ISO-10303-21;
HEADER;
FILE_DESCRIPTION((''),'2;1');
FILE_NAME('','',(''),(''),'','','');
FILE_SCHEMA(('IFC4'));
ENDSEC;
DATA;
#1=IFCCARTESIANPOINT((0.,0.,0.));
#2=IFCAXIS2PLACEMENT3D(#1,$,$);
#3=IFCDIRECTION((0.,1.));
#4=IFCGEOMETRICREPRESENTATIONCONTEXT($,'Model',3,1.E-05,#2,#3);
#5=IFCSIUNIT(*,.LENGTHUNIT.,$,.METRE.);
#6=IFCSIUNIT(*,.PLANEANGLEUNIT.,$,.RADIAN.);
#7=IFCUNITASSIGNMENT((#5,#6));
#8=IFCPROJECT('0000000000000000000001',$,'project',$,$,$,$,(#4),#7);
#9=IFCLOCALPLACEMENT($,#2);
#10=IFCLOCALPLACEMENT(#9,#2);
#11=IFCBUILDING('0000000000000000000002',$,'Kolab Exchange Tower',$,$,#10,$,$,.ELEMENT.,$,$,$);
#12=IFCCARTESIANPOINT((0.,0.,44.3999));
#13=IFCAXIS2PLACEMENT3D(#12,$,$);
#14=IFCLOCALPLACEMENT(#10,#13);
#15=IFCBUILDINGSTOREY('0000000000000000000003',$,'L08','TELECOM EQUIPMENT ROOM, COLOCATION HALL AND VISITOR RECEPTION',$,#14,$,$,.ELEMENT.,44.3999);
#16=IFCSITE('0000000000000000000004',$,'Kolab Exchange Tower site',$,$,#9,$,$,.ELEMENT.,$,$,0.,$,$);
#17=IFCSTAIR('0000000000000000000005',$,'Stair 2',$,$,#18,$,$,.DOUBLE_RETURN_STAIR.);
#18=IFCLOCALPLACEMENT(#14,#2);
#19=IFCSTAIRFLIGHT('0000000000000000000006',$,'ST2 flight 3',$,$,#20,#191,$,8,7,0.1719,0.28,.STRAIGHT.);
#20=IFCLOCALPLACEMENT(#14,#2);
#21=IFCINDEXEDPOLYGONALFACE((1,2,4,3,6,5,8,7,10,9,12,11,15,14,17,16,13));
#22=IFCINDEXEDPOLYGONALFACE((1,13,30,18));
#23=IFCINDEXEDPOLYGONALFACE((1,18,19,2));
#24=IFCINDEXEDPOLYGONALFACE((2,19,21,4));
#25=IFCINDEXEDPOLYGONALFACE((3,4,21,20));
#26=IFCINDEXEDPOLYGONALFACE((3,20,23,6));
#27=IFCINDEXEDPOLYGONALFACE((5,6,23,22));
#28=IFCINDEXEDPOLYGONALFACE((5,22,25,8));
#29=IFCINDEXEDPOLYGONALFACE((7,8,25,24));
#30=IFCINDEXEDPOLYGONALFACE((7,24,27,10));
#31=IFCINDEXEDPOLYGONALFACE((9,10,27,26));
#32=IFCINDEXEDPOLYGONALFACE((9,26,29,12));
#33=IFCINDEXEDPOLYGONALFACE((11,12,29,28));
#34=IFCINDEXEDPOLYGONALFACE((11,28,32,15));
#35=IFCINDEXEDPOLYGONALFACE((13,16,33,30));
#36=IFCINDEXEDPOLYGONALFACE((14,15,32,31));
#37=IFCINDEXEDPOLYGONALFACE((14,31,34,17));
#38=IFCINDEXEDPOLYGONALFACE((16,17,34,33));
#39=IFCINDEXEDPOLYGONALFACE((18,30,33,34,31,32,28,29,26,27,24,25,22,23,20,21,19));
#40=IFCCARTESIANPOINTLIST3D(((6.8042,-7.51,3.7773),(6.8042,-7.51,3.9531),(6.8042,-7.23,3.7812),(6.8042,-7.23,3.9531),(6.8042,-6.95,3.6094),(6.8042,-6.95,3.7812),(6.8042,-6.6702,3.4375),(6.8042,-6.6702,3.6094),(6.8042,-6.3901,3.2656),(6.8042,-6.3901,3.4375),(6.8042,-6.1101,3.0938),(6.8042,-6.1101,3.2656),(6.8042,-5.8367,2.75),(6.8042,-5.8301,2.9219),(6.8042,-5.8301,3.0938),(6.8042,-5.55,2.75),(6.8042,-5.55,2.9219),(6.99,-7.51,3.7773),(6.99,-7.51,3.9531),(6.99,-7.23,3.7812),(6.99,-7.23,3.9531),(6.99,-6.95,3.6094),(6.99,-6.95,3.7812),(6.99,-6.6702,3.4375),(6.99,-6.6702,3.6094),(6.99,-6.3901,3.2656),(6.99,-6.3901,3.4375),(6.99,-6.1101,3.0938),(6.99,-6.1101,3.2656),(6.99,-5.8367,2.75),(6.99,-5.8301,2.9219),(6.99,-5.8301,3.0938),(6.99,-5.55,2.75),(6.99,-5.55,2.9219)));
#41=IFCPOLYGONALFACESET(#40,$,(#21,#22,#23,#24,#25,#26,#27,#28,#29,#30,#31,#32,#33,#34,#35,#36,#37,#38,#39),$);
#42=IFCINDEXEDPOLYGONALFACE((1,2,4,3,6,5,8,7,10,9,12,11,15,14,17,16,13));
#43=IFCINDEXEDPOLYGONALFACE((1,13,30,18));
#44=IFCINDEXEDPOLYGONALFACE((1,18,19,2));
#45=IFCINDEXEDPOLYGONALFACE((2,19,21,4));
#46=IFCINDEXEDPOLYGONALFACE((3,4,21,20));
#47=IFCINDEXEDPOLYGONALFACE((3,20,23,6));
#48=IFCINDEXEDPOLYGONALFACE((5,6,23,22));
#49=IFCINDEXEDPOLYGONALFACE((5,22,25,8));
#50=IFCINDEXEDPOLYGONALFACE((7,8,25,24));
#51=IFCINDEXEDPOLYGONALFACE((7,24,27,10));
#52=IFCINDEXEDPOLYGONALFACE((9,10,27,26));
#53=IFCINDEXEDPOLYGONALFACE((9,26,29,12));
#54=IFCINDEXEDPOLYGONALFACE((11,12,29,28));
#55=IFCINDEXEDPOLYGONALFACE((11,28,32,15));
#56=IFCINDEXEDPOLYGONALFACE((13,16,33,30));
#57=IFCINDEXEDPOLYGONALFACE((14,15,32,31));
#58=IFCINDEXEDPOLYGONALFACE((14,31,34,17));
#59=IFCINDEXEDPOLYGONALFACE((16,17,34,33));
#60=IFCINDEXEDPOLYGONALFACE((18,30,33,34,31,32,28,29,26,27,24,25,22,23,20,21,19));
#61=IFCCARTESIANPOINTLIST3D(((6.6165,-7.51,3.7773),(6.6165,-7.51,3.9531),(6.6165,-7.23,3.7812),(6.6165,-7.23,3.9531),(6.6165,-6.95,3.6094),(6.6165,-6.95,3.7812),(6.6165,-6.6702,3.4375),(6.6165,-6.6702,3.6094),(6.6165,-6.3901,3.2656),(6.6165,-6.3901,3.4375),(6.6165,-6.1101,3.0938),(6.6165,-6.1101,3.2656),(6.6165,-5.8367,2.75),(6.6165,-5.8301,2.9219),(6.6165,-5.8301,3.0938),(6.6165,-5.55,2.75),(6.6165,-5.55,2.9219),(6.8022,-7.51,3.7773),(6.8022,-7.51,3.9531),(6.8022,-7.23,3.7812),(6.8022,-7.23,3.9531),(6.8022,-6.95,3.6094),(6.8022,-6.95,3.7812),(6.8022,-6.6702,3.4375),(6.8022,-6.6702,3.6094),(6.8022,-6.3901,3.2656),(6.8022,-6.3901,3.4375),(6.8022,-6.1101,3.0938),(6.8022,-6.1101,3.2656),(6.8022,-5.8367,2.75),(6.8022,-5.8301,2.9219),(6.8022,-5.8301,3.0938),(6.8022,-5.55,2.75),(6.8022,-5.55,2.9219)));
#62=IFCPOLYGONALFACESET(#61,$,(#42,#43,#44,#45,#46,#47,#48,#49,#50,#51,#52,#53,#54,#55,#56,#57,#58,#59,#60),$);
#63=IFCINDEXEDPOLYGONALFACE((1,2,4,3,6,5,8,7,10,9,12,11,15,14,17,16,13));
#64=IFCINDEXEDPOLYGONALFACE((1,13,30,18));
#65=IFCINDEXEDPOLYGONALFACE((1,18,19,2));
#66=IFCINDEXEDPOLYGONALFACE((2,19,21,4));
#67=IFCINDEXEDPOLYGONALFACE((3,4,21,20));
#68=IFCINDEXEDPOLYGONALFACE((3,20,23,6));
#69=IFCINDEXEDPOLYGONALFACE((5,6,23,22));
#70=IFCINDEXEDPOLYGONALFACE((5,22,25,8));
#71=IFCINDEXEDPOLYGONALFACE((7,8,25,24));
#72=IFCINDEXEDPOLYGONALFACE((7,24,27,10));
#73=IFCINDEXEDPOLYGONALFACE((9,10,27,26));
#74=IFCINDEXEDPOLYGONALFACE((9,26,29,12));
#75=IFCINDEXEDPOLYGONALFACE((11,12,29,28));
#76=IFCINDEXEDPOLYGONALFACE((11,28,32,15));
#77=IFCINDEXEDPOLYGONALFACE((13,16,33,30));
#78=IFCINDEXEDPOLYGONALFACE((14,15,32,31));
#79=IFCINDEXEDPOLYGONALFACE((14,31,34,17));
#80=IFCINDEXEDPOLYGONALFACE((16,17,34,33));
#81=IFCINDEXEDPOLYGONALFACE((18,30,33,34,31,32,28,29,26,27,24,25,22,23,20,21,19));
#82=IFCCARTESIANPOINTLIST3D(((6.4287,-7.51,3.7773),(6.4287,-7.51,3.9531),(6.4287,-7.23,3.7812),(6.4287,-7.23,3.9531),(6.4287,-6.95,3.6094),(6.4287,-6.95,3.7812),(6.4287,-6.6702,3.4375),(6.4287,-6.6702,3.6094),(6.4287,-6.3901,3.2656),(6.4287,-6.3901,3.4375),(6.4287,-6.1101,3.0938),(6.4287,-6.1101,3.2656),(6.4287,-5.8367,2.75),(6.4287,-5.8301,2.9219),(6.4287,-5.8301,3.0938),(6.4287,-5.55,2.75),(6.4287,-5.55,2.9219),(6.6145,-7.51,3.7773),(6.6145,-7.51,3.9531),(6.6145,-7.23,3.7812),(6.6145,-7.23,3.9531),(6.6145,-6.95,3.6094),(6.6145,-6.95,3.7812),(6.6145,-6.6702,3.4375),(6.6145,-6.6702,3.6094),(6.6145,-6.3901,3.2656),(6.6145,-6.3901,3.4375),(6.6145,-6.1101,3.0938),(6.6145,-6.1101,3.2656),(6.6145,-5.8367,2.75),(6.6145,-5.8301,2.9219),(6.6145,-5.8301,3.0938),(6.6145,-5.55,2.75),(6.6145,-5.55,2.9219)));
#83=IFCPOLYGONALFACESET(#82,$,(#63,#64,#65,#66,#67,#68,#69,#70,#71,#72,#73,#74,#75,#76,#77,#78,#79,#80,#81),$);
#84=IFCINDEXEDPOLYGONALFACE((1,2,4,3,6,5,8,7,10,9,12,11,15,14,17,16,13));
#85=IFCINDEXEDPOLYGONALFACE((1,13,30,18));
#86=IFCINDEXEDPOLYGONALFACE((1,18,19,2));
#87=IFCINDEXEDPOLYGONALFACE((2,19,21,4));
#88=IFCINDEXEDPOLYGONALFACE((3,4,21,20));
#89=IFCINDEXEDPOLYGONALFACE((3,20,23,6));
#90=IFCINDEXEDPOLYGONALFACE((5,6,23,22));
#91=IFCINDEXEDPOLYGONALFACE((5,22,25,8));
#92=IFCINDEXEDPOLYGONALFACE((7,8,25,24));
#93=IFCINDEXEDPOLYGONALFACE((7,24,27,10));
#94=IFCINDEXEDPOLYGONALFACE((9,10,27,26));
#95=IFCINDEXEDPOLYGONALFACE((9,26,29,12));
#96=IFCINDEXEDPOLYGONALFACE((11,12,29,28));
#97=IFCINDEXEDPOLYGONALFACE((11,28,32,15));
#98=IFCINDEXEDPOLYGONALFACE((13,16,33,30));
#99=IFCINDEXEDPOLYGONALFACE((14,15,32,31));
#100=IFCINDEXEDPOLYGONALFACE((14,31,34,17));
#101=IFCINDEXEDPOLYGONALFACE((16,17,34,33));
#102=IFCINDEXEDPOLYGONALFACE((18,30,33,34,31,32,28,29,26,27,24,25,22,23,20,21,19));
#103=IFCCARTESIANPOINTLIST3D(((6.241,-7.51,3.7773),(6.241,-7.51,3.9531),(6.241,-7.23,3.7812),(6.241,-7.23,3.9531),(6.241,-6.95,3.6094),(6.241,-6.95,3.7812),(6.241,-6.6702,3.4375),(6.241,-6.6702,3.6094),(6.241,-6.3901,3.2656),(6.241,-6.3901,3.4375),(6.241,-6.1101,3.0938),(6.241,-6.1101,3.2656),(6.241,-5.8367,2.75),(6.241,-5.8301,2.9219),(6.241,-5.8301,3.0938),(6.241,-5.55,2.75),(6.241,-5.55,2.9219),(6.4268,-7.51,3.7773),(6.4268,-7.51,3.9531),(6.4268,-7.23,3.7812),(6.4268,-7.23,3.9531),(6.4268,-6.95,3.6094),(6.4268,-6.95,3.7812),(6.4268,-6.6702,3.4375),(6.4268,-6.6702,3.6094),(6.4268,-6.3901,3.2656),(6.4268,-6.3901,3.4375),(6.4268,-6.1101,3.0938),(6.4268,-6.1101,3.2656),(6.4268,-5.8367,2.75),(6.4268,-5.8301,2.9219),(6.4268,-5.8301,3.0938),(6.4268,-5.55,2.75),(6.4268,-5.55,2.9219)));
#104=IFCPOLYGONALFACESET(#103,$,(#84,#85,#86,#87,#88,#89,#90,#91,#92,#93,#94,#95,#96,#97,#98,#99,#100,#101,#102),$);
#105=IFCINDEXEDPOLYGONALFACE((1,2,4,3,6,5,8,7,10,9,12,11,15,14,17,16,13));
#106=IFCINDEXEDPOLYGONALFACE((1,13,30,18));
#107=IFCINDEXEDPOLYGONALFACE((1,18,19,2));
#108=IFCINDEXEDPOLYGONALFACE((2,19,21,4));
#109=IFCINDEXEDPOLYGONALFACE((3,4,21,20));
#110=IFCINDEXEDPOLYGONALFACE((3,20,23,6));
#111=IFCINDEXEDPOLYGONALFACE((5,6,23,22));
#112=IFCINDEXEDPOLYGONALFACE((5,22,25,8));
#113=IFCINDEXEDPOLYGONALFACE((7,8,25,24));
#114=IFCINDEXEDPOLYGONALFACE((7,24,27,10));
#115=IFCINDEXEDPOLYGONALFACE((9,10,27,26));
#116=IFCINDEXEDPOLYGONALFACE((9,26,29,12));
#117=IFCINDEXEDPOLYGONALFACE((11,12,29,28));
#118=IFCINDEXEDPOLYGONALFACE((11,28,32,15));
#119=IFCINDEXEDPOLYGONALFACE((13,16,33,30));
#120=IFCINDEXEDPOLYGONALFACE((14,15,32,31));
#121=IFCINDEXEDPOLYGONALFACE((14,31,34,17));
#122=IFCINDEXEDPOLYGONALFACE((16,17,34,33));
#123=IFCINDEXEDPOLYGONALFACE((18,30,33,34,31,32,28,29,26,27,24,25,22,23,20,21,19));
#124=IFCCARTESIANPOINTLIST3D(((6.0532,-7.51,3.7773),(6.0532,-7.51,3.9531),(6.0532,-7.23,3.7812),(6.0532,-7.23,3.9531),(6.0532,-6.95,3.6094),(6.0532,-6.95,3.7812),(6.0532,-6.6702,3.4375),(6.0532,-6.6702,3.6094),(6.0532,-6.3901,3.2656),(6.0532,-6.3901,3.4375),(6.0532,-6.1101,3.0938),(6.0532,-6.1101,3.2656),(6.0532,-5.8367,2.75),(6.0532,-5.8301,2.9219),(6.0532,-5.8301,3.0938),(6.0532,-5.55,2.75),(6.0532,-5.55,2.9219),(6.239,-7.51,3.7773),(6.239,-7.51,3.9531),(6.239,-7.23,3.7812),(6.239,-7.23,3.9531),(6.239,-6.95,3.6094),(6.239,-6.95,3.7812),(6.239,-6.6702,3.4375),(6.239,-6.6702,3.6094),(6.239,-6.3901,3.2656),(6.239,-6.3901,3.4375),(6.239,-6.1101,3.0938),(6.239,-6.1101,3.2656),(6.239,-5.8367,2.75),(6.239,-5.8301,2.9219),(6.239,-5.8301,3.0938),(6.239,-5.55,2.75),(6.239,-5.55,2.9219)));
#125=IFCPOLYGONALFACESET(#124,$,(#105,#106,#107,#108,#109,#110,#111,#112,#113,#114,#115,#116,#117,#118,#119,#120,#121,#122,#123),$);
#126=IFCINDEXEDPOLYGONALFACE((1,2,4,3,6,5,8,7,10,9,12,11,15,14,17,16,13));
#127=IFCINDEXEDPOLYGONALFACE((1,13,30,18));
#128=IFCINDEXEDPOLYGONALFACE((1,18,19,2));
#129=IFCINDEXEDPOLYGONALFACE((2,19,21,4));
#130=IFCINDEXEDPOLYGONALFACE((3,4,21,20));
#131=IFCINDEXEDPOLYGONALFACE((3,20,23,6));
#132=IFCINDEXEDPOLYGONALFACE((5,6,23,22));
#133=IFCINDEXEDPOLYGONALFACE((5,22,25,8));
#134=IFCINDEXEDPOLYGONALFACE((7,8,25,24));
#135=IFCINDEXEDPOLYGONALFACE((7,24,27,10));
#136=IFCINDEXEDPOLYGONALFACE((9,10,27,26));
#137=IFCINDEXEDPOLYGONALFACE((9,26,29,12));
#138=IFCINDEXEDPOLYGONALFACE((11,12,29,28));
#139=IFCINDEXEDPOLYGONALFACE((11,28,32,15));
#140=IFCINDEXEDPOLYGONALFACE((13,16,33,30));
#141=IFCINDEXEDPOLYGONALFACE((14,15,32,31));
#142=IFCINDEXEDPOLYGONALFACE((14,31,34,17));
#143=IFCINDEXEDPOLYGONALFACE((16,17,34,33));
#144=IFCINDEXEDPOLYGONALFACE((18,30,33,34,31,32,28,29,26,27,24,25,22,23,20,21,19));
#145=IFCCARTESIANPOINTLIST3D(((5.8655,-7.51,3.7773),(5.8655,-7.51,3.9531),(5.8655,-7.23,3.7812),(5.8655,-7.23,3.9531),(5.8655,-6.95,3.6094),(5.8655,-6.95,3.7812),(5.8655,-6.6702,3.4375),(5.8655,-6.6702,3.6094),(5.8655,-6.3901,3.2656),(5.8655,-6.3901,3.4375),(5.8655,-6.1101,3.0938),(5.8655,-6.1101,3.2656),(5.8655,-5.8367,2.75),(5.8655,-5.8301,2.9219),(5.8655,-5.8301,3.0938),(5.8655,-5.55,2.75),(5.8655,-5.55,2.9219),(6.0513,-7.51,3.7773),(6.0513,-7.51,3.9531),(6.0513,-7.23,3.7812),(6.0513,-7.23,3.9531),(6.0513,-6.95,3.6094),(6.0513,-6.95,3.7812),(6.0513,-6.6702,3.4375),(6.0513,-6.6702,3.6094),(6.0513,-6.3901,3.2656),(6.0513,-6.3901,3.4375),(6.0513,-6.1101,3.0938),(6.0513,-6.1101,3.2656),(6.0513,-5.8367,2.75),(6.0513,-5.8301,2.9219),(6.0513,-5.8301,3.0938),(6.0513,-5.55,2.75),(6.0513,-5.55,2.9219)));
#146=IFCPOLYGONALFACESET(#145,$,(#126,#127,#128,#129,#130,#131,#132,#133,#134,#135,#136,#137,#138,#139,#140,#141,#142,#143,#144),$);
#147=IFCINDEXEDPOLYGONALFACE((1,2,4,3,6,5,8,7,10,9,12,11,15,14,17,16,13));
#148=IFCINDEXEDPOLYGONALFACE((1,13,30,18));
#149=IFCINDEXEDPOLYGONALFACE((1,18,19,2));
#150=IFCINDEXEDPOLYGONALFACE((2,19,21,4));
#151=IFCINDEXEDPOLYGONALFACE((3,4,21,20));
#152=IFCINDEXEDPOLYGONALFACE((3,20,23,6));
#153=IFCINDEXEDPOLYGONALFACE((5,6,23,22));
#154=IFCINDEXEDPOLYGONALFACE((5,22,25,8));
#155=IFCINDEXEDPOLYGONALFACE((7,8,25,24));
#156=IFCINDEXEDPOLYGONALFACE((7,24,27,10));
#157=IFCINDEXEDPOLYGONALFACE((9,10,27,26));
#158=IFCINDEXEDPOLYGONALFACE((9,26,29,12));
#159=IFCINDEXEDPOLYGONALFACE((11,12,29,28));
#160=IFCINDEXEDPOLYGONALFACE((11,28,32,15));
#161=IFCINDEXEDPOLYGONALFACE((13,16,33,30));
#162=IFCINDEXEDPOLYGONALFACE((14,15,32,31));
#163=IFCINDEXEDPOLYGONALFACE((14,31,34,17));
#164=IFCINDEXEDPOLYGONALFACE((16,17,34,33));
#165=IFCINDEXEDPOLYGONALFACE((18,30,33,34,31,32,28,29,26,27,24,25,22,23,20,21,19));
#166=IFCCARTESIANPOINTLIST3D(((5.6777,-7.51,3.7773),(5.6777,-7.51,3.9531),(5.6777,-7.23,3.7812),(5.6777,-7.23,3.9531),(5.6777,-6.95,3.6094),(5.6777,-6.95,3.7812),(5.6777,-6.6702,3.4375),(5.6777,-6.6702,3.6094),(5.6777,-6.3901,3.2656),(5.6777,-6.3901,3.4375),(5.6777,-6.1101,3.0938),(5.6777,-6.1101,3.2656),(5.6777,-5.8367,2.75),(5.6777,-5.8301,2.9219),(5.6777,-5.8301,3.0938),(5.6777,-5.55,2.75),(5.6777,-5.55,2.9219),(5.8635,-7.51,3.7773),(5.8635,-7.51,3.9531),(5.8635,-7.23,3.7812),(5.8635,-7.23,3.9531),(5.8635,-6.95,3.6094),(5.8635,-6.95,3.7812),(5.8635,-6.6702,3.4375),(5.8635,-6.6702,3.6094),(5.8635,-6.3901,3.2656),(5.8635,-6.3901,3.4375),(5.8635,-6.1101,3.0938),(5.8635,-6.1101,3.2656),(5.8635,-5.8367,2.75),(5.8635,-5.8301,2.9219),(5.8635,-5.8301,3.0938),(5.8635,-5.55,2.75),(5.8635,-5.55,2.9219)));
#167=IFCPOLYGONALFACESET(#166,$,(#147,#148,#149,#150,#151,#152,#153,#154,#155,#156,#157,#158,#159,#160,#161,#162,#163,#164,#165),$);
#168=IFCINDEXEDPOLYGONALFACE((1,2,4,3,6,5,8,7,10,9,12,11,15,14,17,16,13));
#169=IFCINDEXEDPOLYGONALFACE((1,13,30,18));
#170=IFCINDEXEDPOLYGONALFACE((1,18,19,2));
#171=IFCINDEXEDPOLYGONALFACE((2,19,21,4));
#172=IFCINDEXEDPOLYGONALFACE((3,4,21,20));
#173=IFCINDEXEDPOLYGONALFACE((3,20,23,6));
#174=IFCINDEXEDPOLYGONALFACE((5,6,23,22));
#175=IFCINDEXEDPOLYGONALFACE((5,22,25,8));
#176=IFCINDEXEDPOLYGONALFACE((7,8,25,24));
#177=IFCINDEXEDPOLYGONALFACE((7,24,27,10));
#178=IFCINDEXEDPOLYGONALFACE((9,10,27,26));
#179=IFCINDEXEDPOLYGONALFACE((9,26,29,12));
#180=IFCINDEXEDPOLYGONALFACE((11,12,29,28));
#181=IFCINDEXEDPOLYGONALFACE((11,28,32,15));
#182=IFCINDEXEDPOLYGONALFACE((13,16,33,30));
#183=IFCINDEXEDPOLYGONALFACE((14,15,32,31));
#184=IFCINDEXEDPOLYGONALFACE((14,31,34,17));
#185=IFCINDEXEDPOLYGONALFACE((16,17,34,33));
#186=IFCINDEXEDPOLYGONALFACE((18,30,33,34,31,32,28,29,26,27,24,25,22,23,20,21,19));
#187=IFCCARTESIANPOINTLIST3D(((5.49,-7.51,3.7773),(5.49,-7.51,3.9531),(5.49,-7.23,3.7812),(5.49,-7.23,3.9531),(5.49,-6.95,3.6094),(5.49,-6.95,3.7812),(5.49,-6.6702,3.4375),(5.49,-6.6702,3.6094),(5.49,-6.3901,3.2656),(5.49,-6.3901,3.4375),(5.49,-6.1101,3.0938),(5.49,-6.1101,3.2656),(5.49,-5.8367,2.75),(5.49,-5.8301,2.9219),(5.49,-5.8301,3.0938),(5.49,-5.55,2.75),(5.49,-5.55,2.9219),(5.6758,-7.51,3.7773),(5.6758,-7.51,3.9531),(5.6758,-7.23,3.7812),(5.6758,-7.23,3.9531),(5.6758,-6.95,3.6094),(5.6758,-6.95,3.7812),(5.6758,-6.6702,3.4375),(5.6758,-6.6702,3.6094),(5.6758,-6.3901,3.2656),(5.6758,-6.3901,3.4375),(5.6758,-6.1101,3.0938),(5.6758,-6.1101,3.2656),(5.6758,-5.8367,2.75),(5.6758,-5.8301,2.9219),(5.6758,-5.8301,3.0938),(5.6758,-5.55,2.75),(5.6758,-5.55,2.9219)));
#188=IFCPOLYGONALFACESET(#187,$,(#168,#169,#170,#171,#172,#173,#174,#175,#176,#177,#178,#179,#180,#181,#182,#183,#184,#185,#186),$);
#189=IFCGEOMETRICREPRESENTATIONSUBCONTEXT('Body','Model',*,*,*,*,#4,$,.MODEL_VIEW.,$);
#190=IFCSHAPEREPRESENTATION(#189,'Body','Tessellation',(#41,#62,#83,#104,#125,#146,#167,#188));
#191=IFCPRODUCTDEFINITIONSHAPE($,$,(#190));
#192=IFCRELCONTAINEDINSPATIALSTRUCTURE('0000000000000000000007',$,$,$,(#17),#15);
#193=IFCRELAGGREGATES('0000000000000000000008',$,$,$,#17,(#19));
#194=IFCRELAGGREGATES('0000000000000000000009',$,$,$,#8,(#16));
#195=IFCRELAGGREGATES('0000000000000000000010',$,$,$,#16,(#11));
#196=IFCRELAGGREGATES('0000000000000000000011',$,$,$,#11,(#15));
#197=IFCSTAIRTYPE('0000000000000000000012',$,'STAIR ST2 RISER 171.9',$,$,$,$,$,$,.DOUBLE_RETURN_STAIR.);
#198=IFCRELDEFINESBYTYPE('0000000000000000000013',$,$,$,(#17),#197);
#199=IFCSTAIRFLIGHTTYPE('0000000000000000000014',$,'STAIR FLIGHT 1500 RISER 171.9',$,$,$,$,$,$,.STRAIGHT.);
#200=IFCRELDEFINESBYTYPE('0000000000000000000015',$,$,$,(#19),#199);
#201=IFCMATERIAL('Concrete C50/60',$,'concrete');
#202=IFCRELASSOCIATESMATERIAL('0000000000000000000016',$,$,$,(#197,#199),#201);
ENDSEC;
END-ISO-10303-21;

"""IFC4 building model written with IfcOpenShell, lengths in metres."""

from ifc_helpers import new_model, si_unit, direction, frame, origin, place, context, subcontext, project, spatial, polyline, outline, extrude, material, type_object, element, aggregate, save


model = new_model("IFC4")

# Units and contexts
model_context = context("Model", 3, precision=1e-05, world=origin(), true_north=direction((0.0, 1.0)))
body_context = subcontext(model_context, "Body", "Model", "MODEL_VIEW")
ifc_project = project(units=[si_unit("LENGTHUNIT", "METRE"), si_unit("PLANEANGLEUNIT", "RADIAN")], contexts=[model_context])

# Site, building, storey
site_placement = place(None, origin())
site = spatial("IfcSite", under=ifc_project, at=site_placement, Name="Kolab Exchange Tower site", CompositionType="ELEMENT", RefElevation=0.0)
building_placement = place(site_placement, origin())
building = spatial("IfcBuilding", under=site, at=building_placement, Name="Kolab Exchange Tower", CompositionType="ELEMENT")
storey_placement = place(building_placement, frame((0.0, 0.0, 44.3999)))
storey = spatial("IfcBuildingStorey", under=building, at=storey_placement, Name="L08", Description="TELECOM EQUIPMENT ROOM, COLOCATION HALL AND VISITOR RECEPTION", CompositionType="ELEMENT", Elevation=44.3999)

# Shared definitions
ifc_material_1 = material(Name="Concrete C50/60", Category="concrete")

# Stair, stair flight
stair_type = type_object("IfcStairType", Name="STAIR ST2 RISER 171.9", PredefinedType="DOUBLE_RETURN_STAIR", material=ifc_material_1)
stair_placement = place(storey_placement, origin())
stair = element("IfcStair", 1, at=stair_placement, inside=storey, type_object=stair_type, Name="Stair 2", PredefinedType="DOUBLE_RETURN_STAIR")
stair_flight_type = type_object("IfcStairFlightType", Name="STAIR FLIGHT 1500 RISER 171.9", PredefinedType="STRAIGHT", material=ifc_material_1)
stair_flight_1_placement = place(storey_placement, frame((6.24, -5.55, 2.75), z_axis=(0.0, 0.0, 1.0), x_axis=(0.0, -1.0, 0.0)))
stair_flight_1 = element("IfcStairFlight", 2, at=stair_flight_1_placement, type_object=stair_flight_type, Name="ST2 flight 3", NumberOfRisers=8, NumberOfTreads=7, PredefinedType="STRAIGHT", RiserHeight=0.1719, TreadLength=0.28, context=body_context, shape_type="SweptSolid", body=[
    extrude(outline(polyline([(0.0, 0.0), (0.0, 0.1719), (0.28, 0.1719), (0.28, 0.3438), (0.5601, 0.3438), (0.5601, 0.5156), (0.8401, 0.5156), (0.8401, 0.6875), (1.1201, 0.6875), (1.1201, 0.8594), (1.3999, 0.8594), (1.3999, 1.0312), (1.6799, 1.0312), (1.6799, 1.2031), (1.96, 1.2031), (1.96, 1.375), (1.96, 1.0273), (0.2866, 0.0), (0.0, 0.0)])), frame((0.0, 0.75, 0.0), z_axis=(0.0, -1.0, 0.0), x_axis=(1.0, 0.0, 0.0)), (0.0, 0.0, 1.0), 0.1858),
    extrude(outline(polyline([(0.0, 0.0), (0.0, 0.1719), (0.28, 0.1719), (0.28, 0.3438), (0.5601, 0.3438), (0.5601, 0.5156), (0.8401, 0.5156), (0.8401, 0.6875), (1.1201, 0.6875), (1.1201, 0.8594), (1.3999, 0.8594), (1.3999, 1.0312), (1.6799, 1.0312), (1.6799, 1.2031), (1.96, 1.2031), (1.96, 1.375), (1.96, 1.0273), (0.2866, 0.0), (0.0, 0.0)])), frame((0.0, 0.5623, 0.0), z_axis=(0.0, -1.0, 0.0), x_axis=(1.0, 0.0, 0.0)), (0.0, 0.0, 1.0), 0.1858),
    extrude(outline(polyline([(0.0, 0.0), (0.0, 0.1719), (0.28, 0.1719), (0.28, 0.3438), (0.5601, 0.3438), (0.5601, 0.5156), (0.8401, 0.5156), (0.8401, 0.6875), (1.1201, 0.6875), (1.1201, 0.8594), (1.3999, 0.8594), (1.3999, 1.0312), (1.6799, 1.0312), (1.6799, 1.2031), (1.96, 1.2031), (1.96, 1.375), (1.96, 1.0273), (0.2866, 0.0), (0.0, 0.0)])), frame((0.0, 0.3745, 0.0), z_axis=(0.0, -1.0, 0.0), x_axis=(1.0, 0.0, 0.0)), (0.0, 0.0, 1.0), 0.1858),
    extrude(outline(polyline([(0.0, 0.0), (0.0, 0.1719), (0.28, 0.1719), (0.28, 0.3438), (0.5601, 0.3438), (0.5601, 0.5156), (0.8401, 0.5156), (0.8401, 0.6875), (1.1201, 0.6875), (1.1201, 0.8594), (1.3999, 0.8594), (1.3999, 1.0312), (1.6799, 1.0312), (1.6799, 1.2031), (1.96, 1.2031), (1.96, 1.375), (1.96, 1.0273), (0.2866, 0.0), (0.0, 0.0)])), frame((0.0, 0.1868, 0.0), z_axis=(0.0, -1.0, 0.0), x_axis=(1.0, 0.0, 0.0)), (0.0, 0.0, 1.0), 0.1858),
    extrude(outline(polyline([(0.0, 0.0), (0.0, 0.1719), (0.28, 0.1719), (0.28, 0.3438), (0.5601, 0.3438), (0.5601, 0.5156), (0.8401, 0.5156), (0.8401, 0.6875), (1.1201, 0.6875), (1.1201, 0.8594), (1.3999, 0.8594), (1.3999, 1.0312), (1.6799, 1.0312), (1.6799, 1.2031), (1.96, 1.2031), (1.96, 1.375), (1.96, 1.0273), (0.2866, 0.0), (0.0, 0.0)])), frame((0.0, -0.001, 0.0), z_axis=(0.0, -1.0, 0.0), x_axis=(1.0, 0.0, 0.0)), (0.0, 0.0, 1.0), 0.1858),
    extrude(outline(polyline([(0.0, 0.0), (0.0, 0.1719), (0.28, 0.1719), (0.28, 0.3438), (0.5601, 0.3438), (0.5601, 0.5156), (0.8401, 0.5156), (0.8401, 0.6875), (1.1201, 0.6875), (1.1201, 0.8594), (1.3999, 0.8594), (1.3999, 1.0312), (1.6799, 1.0312), (1.6799, 1.2031), (1.96, 1.2031), (1.96, 1.375), (1.96, 1.0273), (0.2866, 0.0), (0.0, 0.0)])), frame((0.0, -0.1887, 0.0), z_axis=(0.0, -1.0, 0.0), x_axis=(1.0, 0.0, 0.0)), (0.0, 0.0, 1.0), 0.1858),
    extrude(outline(polyline([(0.0, 0.0), (0.0, 0.1719), (0.28, 0.1719), (0.28, 0.3438), (0.5601, 0.3438), (0.5601, 0.5156), (0.8401, 0.5156), (0.8401, 0.6875), (1.1201, 0.6875), (1.1201, 0.8594), (1.3999, 0.8594), (1.3999, 1.0312), (1.6799, 1.0312), (1.6799, 1.2031), (1.96, 1.2031), (1.96, 1.375), (1.96, 1.0273), (0.2866, 0.0), (0.0, 0.0)])), frame((0.0, -0.3765, 0.0), z_axis=(0.0, -1.0, 0.0), x_axis=(1.0, 0.0, 0.0)), (0.0, 0.0, 1.0), 0.1858),
    extrude(outline(polyline([(0.0, 0.0), (0.0, 0.1719), (0.28, 0.1719), (0.28, 0.3438), (0.5601, 0.3438), (0.5601, 0.5156), (0.8401, 0.5156), (0.8401, 0.6875), (1.1201, 0.6875), (1.1201, 0.8594), (1.3999, 0.8594), (1.3999, 1.0312), (1.6799, 1.0312), (1.6799, 1.2031), (1.96, 1.2031), (1.96, 1.375), (1.96, 1.0273), (0.2866, 0.0), (0.0, 0.0)])), frame((0.0, -0.5642, 0.0), z_axis=(0.0, -1.0, 0.0), x_axis=(1.0, 0.0, 0.0)), (0.0, 0.0, 1.0), 0.1858),
])
aggregate(stair, [stair_flight_1])

save(model, "model.ifc")
